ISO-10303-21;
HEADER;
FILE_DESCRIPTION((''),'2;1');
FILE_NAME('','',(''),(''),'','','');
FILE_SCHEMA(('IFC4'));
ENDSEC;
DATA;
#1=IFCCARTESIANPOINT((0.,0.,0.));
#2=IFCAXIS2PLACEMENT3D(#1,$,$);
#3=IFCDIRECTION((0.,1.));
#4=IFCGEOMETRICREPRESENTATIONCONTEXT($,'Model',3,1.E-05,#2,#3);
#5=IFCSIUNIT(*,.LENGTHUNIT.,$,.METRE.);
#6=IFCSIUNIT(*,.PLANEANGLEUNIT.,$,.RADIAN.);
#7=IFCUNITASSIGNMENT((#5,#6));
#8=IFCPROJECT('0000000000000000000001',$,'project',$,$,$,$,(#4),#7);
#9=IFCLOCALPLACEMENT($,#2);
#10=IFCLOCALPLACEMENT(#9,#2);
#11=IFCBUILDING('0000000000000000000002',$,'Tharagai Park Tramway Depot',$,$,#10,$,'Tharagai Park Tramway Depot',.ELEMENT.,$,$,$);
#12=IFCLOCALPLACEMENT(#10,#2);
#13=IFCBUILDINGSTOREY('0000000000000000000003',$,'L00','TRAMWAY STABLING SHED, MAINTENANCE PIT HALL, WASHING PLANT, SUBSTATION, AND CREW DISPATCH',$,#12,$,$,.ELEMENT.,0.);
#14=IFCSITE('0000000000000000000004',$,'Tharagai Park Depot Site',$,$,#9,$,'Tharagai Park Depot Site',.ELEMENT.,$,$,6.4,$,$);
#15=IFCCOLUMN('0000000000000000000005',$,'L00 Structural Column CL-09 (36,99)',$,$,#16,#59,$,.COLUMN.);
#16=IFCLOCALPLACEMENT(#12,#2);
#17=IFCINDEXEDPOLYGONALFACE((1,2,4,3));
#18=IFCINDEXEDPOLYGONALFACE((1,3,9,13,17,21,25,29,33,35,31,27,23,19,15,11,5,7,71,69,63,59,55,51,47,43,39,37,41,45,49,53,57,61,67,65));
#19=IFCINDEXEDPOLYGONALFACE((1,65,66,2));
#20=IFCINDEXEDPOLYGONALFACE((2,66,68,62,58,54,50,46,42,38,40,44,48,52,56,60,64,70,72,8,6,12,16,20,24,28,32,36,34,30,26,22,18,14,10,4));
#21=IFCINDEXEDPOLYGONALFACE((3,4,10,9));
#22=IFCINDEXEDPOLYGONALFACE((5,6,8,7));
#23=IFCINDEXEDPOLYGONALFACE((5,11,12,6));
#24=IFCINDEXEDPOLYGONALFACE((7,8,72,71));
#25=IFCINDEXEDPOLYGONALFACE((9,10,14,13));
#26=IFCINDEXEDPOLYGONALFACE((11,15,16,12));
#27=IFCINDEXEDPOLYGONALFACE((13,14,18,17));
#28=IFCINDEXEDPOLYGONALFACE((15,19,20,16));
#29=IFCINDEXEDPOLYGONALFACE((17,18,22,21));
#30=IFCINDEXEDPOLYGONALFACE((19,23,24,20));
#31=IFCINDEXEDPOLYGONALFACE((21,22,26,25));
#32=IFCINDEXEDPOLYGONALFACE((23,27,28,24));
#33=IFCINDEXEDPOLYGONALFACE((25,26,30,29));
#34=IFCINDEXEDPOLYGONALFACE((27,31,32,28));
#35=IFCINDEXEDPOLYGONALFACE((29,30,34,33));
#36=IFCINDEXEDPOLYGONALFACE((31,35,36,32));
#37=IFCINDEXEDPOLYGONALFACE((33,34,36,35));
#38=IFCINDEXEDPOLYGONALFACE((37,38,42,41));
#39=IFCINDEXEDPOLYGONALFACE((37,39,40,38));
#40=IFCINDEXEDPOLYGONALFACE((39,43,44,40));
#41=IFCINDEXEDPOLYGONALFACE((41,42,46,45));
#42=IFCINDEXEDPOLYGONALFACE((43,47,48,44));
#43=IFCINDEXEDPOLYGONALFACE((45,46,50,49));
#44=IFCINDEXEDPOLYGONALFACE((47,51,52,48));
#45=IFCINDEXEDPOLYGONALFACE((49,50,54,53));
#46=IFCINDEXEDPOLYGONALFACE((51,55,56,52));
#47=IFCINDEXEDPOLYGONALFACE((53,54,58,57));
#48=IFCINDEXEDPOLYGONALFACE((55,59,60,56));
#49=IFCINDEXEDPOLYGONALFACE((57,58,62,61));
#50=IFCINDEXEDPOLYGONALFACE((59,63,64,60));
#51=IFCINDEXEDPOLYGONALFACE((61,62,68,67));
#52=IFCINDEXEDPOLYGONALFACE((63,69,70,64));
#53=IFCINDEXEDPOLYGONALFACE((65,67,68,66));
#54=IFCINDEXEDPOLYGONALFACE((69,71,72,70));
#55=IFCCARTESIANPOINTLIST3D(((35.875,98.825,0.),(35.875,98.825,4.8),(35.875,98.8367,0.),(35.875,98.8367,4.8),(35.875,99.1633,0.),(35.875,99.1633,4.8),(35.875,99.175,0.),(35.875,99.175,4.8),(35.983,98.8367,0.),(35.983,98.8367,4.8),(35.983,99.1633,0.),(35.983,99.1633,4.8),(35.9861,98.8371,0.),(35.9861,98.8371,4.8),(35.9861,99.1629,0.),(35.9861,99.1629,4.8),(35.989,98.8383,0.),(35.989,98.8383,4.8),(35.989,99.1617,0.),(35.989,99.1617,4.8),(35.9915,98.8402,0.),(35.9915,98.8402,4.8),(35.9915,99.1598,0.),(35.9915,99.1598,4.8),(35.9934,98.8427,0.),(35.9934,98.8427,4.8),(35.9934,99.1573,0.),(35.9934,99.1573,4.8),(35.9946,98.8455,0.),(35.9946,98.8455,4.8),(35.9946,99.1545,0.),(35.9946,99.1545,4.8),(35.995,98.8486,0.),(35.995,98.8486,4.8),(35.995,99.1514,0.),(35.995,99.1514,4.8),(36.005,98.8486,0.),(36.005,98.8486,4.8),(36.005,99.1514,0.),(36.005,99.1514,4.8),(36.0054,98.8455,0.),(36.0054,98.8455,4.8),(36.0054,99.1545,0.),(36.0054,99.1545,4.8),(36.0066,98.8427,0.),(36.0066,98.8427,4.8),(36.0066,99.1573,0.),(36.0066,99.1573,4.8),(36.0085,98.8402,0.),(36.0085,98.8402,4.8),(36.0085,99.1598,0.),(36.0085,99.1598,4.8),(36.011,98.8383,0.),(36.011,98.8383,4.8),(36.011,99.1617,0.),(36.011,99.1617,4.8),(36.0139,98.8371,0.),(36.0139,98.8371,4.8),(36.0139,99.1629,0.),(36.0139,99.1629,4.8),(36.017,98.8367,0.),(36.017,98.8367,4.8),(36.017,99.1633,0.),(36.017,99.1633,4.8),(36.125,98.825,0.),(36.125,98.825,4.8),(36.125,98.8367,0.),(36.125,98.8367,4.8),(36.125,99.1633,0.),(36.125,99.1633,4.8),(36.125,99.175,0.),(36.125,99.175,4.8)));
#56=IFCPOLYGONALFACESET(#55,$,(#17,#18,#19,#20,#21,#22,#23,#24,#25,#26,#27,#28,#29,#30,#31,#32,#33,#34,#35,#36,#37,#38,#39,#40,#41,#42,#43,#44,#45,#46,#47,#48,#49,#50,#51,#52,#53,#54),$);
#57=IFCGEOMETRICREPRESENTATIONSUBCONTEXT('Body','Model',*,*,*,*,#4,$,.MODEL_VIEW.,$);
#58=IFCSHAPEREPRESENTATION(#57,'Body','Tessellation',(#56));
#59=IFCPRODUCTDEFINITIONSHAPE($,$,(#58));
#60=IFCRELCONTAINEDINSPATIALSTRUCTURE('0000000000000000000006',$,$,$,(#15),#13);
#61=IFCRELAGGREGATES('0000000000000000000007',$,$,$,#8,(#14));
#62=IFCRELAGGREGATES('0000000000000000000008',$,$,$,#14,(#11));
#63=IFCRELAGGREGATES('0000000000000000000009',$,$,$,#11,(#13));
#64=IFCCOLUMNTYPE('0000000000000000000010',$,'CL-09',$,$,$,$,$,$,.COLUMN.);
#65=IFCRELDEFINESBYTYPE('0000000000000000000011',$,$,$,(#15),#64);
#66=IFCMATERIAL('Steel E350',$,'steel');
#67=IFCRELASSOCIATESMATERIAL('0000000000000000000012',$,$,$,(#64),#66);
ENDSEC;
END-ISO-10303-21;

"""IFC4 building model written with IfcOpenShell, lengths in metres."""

from ifc_helpers import new_model, si_unit, direction, frame, origin, origin_2d, place, context, subcontext, project, spatial, i_section, extrude, material, material_profile, profile_set, type_object, element, save


model = new_model("IFC4")

# Units and contexts
model_context = context("Model", 3, precision=1e-05, world=origin(), true_north=direction((0.0, 1.0)))
body_context = subcontext(model_context, "Body", "Model", "MODEL_VIEW")
ifc_project = project(units=[si_unit("LENGTHUNIT", "METRE"), si_unit("PLANEANGLEUNIT", "RADIAN")], contexts=[model_context])

# Site, building, storey
site_placement = place(None, origin())
site = spatial("IfcSite", under=ifc_project, at=site_placement, Name="Tharagai Park Depot Site", LongName="Tharagai Park Depot Site", CompositionType="ELEMENT", RefElevation=6.4)
building_placement = place(site_placement, origin())
building = spatial("IfcBuilding", under=site, at=building_placement, Name="Tharagai Park Tramway Depot", LongName="Tharagai Park Tramway Depot", CompositionType="ELEMENT")
storey_placement = place(building_placement, origin())
storey = spatial("IfcBuildingStorey", under=building, at=storey_placement, Name="L00", Description="TRAMWAY STABLING SHED, MAINTENANCE PIT HALL, WASHING PLANT, SUBSTATION, AND CREW DISPATCH", CompositionType="ELEMENT", Elevation=0.0)

# Column
ifc_material_1 = material(Name="Steel E350", Category="steel")
ifc_material_profile_1 = material_profile(ifc_material_1, i_section(OverallWidth=0.25, OverallDepth=0.3501, WebThickness=0.01, FlangeThickness=0.0117, FilletRadius=0.012, at=origin_2d()), Name="ISHB 350")
ifc_profile_set_1 = profile_set([ifc_material_profile_1], Name="Steel E350")
column_type_1 = type_object("IfcColumnType", Name="CL-09", PredefinedType="COLUMN", material=ifc_profile_set_1)
for number, where, z_axis, x_axis, name in (
    (1, (36.0, 99.0, 0.0), (0.0, 0.0, 1.0), (1.0, 0.0, 0.0), "L00 Structural Column CL-09 (36,99)"),
):
    element("IfcColumn", number, at=place(storey_placement, frame(where, z_axis=z_axis, x_axis=x_axis)), inside=storey, type_object=column_type_1, Name=name, PredefinedType="COLUMN", context=body_context, shape_type="SweptSolid", body=[
        extrude(i_section(OverallWidth=0.25, OverallDepth=0.3501, WebThickness=0.01, FlangeThickness=0.0117, FilletRadius=0.012, at=origin_2d()), origin(), (0.0, 0.0, 1.0), 4.8),
    ])

save(model, "model.ifc")
